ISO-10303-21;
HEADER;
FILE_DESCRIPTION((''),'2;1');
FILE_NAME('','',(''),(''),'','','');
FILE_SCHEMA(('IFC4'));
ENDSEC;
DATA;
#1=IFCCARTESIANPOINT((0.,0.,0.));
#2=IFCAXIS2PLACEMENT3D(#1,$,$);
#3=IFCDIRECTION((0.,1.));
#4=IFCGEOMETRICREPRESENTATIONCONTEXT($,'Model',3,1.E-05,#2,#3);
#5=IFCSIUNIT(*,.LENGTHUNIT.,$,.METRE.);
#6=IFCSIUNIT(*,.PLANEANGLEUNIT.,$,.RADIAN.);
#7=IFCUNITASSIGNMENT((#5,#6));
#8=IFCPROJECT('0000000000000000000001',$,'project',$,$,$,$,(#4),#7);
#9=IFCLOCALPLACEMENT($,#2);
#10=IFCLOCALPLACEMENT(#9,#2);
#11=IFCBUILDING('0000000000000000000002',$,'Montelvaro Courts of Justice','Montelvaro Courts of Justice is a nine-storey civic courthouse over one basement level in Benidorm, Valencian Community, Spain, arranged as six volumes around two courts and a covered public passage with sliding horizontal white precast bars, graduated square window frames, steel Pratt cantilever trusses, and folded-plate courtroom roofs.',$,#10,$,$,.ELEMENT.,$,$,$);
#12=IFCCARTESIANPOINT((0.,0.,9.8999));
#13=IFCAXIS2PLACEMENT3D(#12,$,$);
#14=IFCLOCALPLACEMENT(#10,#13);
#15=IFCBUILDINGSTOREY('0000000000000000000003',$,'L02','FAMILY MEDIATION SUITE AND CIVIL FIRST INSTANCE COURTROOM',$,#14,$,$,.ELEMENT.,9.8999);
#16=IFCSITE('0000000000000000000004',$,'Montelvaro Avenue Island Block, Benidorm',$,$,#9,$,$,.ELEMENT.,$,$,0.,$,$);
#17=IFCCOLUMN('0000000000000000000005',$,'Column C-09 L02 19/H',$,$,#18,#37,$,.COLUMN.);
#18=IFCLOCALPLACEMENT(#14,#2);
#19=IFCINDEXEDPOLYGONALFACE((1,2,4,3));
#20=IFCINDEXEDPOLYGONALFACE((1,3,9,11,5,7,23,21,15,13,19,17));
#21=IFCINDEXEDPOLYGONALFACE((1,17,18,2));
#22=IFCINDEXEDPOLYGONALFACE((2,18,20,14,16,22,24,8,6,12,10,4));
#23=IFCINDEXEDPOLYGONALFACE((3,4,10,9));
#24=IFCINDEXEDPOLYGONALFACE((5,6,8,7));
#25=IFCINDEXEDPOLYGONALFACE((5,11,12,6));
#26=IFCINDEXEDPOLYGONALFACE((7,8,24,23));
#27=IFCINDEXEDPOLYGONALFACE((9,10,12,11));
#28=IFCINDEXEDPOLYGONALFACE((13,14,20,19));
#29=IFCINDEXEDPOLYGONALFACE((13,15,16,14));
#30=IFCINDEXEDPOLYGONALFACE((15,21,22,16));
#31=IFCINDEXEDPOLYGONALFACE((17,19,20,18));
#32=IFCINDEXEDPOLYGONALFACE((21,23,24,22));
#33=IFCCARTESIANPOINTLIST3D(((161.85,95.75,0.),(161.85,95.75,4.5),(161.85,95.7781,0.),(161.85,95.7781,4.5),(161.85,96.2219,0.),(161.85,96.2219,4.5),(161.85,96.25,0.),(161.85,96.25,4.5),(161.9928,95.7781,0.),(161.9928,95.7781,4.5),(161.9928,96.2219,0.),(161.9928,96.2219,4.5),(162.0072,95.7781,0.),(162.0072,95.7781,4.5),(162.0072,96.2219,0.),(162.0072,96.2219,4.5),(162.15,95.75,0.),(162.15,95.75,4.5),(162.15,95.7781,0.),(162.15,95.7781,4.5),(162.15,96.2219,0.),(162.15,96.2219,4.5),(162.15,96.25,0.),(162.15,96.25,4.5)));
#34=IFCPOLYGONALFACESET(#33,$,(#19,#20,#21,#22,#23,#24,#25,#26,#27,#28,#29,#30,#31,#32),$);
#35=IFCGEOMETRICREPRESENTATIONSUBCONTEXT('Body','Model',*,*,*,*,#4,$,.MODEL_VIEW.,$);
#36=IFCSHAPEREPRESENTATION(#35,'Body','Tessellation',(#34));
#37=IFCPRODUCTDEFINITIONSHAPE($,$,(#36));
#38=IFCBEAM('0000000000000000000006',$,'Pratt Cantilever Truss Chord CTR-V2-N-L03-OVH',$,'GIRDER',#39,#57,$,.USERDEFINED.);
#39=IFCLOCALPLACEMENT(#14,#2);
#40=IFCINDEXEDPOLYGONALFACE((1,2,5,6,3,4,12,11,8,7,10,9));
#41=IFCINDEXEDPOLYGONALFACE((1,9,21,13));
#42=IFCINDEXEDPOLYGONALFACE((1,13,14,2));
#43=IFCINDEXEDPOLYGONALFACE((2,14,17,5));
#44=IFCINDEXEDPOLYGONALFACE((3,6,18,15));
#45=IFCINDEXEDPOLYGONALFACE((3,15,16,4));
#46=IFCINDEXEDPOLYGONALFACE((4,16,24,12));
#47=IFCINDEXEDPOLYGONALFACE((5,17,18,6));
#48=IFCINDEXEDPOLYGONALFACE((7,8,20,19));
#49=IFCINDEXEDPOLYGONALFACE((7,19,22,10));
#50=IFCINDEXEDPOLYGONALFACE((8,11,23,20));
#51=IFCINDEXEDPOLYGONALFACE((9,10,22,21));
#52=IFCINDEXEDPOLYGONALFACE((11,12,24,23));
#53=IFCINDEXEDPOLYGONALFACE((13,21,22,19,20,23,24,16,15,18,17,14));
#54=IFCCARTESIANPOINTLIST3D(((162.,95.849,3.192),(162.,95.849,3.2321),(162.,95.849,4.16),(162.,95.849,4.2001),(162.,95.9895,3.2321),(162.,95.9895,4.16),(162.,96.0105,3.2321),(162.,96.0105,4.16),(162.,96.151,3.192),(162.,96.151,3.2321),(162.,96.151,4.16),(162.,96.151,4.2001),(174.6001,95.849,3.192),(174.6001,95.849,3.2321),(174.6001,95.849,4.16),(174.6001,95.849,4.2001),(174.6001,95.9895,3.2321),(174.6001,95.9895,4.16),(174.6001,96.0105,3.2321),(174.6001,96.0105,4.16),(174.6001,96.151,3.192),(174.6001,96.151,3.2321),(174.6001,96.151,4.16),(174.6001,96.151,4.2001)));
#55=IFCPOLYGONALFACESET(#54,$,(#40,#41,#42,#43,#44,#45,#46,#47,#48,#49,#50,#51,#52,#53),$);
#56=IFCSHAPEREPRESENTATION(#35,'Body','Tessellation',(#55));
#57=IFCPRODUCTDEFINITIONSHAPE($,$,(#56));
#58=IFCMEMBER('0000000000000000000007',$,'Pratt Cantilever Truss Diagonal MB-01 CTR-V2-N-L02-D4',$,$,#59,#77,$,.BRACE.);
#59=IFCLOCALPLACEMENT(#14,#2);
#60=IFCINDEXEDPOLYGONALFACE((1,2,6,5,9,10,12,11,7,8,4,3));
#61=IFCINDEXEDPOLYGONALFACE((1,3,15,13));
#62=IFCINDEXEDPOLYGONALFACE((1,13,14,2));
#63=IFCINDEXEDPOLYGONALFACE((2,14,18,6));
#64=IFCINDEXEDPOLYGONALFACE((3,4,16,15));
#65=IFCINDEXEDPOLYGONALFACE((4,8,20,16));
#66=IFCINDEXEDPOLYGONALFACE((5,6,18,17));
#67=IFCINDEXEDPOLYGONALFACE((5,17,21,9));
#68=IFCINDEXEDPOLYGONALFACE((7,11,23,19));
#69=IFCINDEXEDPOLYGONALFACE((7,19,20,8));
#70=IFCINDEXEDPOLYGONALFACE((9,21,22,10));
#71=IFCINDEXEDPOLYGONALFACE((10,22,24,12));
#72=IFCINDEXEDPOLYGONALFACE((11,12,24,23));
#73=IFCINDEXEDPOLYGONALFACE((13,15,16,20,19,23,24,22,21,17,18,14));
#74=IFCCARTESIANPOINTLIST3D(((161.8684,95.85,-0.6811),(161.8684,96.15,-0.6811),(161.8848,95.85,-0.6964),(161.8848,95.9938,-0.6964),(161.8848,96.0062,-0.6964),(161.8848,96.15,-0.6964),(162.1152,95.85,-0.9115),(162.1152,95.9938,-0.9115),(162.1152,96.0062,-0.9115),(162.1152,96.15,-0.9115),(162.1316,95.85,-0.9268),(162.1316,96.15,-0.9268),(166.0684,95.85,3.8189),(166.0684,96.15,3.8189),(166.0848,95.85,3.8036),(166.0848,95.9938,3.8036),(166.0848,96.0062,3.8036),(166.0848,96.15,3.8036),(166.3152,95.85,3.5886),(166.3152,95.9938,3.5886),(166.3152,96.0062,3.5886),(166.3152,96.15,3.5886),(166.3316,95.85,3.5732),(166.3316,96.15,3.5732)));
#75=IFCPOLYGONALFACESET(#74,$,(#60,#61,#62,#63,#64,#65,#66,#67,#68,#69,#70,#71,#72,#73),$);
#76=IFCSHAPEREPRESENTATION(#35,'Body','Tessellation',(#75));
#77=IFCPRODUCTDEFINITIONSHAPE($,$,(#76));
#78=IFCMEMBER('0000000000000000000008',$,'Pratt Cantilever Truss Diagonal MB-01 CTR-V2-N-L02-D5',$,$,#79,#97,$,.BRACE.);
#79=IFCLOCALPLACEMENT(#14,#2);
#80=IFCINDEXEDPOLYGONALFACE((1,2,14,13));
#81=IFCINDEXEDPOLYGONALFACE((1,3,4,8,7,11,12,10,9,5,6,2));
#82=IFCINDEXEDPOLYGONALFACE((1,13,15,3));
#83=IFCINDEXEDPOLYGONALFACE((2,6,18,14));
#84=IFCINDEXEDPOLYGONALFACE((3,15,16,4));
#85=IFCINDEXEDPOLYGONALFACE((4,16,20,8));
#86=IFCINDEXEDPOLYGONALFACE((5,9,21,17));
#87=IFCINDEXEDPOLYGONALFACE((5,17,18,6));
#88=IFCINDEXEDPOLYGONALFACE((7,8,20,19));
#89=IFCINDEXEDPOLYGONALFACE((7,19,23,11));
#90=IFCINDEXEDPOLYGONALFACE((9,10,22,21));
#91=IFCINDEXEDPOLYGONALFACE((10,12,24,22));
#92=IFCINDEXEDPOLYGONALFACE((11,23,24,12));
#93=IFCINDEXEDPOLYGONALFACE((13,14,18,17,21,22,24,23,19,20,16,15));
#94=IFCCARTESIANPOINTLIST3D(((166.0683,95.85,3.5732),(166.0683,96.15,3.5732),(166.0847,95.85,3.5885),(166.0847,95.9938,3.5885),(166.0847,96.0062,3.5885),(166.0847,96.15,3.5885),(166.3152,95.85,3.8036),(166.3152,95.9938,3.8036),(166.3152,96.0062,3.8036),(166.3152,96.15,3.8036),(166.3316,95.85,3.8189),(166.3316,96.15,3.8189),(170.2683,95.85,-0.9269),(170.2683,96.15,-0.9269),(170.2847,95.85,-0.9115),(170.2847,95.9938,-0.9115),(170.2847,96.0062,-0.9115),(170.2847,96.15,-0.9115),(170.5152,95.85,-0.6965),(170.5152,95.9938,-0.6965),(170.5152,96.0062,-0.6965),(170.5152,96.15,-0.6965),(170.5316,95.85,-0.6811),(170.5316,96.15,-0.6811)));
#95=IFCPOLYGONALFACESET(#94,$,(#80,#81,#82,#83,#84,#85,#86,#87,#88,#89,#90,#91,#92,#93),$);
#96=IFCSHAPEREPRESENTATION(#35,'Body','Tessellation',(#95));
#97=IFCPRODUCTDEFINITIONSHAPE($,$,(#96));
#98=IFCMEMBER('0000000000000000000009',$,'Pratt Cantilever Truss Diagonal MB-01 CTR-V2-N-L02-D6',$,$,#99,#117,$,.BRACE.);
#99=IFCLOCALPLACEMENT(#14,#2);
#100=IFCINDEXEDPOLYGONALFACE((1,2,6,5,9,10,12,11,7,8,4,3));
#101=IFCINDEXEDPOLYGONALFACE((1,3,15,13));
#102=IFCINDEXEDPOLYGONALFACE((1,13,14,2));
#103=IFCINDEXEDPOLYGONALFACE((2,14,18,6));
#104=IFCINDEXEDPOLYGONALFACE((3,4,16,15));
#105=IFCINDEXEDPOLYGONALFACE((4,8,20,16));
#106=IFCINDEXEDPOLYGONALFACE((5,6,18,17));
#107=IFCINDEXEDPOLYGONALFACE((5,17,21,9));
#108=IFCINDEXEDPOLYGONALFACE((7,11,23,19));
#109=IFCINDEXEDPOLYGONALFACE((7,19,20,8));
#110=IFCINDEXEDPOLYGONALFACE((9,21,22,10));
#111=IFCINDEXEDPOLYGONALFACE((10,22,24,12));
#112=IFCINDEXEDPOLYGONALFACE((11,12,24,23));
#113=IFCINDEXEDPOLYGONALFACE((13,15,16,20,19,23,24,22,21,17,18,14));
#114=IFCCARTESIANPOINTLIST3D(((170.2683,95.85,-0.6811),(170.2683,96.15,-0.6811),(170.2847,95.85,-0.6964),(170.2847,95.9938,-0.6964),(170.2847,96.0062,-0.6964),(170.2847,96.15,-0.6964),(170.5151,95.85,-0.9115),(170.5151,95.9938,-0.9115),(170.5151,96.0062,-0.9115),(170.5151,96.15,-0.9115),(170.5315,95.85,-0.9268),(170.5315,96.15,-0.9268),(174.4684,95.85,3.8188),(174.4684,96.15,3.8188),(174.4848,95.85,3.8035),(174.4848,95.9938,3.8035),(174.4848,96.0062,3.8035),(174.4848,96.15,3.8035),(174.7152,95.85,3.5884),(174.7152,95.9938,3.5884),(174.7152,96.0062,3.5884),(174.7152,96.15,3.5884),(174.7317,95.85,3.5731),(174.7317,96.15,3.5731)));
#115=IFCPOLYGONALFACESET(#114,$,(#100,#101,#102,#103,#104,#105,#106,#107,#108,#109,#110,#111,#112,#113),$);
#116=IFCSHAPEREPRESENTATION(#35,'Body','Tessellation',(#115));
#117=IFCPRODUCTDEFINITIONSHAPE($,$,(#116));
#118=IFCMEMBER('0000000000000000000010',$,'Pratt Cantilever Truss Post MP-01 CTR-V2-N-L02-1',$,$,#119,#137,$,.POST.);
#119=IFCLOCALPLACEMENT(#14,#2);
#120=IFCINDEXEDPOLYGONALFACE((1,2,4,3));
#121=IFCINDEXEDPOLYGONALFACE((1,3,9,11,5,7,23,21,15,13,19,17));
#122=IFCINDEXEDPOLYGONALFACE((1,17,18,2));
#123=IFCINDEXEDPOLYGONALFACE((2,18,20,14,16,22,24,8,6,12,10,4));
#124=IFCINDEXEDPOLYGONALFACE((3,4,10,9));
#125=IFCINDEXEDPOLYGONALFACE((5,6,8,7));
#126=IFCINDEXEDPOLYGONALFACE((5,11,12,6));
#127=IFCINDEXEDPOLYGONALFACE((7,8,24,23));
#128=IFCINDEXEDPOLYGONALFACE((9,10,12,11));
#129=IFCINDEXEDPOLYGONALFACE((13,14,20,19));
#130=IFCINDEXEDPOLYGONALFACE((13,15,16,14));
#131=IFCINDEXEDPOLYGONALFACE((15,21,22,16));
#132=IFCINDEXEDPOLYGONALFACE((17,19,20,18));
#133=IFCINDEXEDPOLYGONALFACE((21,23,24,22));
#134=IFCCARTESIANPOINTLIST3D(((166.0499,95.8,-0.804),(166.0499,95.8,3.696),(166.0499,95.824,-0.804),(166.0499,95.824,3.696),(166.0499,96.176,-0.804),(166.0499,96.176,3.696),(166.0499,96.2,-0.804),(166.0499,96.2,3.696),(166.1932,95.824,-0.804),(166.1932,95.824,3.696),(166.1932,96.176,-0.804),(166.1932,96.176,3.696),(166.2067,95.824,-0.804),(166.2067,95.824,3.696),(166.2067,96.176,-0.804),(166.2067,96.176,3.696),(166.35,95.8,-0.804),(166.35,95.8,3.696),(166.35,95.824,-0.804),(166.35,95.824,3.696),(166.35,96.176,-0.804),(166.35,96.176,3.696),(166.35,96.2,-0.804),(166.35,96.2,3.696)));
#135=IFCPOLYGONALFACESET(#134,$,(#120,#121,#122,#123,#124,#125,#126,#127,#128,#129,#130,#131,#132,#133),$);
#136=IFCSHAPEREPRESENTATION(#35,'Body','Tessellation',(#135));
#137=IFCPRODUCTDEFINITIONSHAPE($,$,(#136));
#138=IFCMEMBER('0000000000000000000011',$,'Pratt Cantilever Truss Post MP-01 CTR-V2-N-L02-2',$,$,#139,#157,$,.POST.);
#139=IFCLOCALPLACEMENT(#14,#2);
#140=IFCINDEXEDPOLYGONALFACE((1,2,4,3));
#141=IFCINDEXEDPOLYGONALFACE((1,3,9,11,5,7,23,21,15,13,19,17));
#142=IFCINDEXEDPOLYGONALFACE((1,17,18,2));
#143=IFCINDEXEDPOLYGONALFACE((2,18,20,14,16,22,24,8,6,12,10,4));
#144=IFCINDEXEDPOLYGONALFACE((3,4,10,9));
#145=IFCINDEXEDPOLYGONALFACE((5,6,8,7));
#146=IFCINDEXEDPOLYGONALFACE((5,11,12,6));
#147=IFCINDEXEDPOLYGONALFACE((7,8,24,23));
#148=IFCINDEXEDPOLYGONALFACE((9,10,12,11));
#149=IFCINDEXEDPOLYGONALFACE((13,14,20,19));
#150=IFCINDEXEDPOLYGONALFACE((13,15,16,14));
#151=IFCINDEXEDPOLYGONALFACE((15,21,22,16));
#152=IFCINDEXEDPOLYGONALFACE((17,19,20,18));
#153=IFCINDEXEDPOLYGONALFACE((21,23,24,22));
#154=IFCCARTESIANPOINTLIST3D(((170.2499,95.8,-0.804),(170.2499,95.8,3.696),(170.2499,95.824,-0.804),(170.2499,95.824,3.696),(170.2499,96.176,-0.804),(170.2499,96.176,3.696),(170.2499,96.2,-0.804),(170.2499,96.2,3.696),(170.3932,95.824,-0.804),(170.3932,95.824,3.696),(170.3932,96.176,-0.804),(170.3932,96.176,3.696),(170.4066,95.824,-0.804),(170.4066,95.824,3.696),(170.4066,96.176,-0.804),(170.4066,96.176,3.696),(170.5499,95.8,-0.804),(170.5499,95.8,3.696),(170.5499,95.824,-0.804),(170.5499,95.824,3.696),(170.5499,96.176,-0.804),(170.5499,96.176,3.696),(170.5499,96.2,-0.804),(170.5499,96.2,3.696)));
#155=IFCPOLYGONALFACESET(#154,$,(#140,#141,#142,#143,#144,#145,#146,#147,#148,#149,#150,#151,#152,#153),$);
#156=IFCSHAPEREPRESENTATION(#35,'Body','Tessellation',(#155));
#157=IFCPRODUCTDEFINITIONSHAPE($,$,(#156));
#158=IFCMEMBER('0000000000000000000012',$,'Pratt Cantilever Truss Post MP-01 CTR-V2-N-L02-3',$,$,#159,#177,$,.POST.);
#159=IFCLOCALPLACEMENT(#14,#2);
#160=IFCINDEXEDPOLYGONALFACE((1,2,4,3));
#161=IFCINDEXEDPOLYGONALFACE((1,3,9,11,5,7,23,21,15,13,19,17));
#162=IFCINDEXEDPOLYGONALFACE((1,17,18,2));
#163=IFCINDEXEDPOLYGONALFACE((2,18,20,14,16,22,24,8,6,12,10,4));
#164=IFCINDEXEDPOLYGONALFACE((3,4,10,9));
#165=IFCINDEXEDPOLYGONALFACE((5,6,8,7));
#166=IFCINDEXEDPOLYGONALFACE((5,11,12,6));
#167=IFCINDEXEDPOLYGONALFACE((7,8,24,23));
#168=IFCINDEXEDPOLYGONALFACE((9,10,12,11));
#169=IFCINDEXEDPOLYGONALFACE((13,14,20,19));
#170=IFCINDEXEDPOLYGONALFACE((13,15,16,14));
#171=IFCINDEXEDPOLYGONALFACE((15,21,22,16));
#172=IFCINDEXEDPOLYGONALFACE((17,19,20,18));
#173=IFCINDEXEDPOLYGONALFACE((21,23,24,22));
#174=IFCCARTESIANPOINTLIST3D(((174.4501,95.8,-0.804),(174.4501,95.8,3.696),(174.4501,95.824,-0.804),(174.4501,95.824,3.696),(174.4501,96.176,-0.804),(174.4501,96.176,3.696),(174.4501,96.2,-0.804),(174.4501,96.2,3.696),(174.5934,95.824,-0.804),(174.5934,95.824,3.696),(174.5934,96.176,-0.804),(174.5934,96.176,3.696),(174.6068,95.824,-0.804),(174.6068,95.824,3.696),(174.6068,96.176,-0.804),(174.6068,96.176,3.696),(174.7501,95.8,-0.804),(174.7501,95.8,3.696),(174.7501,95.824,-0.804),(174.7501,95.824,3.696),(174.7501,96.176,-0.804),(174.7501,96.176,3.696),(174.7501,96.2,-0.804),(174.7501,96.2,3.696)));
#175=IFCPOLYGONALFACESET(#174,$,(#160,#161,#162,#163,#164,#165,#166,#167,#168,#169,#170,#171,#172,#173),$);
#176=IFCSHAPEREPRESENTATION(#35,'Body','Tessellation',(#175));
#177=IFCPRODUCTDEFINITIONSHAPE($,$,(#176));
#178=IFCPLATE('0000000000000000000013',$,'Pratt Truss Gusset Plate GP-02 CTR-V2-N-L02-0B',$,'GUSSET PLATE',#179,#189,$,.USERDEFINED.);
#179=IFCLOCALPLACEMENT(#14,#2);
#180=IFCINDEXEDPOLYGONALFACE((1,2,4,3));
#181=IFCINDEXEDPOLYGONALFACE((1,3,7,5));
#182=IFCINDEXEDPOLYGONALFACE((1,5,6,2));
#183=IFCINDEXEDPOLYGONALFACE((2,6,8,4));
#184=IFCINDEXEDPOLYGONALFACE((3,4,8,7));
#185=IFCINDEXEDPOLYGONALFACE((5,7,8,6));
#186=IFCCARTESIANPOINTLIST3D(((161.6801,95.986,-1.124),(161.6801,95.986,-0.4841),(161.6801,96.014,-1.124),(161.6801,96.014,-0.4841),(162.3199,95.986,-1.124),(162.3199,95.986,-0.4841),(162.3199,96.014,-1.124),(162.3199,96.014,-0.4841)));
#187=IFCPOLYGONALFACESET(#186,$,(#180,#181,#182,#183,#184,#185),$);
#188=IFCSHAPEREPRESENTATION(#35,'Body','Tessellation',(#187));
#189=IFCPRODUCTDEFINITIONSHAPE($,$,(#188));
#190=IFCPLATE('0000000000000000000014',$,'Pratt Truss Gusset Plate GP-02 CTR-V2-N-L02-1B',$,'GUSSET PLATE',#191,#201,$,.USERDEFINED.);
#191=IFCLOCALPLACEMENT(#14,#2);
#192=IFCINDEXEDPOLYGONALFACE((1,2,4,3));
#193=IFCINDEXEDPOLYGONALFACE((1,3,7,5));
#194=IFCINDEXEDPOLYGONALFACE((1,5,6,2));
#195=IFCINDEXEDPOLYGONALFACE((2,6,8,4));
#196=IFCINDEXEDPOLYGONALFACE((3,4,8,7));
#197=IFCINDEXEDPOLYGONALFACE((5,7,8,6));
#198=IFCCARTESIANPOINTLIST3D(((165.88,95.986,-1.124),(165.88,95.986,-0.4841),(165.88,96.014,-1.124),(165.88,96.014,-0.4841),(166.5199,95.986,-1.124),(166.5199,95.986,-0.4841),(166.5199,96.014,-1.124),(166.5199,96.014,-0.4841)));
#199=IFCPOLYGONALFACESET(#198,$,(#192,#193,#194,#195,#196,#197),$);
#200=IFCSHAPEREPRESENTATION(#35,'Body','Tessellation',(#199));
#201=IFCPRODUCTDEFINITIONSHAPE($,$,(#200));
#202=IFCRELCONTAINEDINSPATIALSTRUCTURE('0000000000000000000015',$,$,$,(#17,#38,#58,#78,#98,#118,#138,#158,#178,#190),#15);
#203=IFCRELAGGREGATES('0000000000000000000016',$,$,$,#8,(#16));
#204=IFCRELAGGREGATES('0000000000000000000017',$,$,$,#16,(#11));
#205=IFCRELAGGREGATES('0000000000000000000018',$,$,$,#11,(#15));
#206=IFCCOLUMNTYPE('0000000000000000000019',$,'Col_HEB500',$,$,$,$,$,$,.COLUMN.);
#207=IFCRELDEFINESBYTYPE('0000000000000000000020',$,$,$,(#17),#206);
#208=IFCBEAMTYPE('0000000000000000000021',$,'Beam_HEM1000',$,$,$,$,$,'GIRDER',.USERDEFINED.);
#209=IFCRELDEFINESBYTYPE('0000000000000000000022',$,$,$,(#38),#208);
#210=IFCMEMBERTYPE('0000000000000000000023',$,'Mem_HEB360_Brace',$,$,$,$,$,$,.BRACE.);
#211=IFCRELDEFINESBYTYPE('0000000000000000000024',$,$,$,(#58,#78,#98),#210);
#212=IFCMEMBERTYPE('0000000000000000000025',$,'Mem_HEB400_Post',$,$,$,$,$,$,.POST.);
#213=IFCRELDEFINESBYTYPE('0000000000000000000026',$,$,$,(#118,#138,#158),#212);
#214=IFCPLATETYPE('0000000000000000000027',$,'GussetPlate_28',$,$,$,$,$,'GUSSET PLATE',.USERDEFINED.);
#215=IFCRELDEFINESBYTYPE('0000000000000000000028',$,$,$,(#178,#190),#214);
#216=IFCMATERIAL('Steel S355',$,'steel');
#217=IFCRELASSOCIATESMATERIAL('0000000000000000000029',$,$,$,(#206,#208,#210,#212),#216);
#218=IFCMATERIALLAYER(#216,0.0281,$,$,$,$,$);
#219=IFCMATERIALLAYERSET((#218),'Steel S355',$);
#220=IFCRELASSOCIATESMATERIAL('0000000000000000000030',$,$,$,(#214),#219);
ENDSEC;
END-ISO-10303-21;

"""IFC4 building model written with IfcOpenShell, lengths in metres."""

from ifc_helpers import new_model, si_unit, direction, frame, origin, origin_2d, place, context, subcontext, project, spatial, rectangle, i_section, extrude, material, layer, layer_set, material_profile, profile_set, type_object, element, save


model = new_model("IFC4")

# Units and contexts
model_context = context("Model", 3, precision=1e-05, world=origin(), true_north=direction((0.0, 1.0)))
body_context = subcontext(model_context, "Body", "Model", "MODEL_VIEW")
ifc_project = project(units=[si_unit("LENGTHUNIT", "METRE"), si_unit("PLANEANGLEUNIT", "RADIAN")], contexts=[model_context])

# Site, building, storey
site_placement = place(None, origin())
site = spatial("IfcSite", under=ifc_project, at=site_placement, Name="Montelvaro Avenue Island Block, Benidorm", CompositionType="ELEMENT", RefElevation=0.0)
building_placement = place(site_placement, origin())
building = spatial("IfcBuilding", under=site, at=building_placement, Name="Montelvaro Courts of Justice", Description="Montelvaro Courts of Justice is a nine-storey civic courthouse over one basement level in Benidorm, Valencian Community, Spain, arranged as six volumes around two courts and a covered public passage with sliding horizontal white precast bars, graduated square window frames, steel Pratt cantilever trusses, and folded-plate courtroom roofs.", CompositionType="ELEMENT")
storey_placement = place(building_placement, frame((0.0, 0.0, 9.8999)))
storey = spatial("IfcBuildingStorey", under=building, at=storey_placement, Name="L02", Description="FAMILY MEDIATION SUITE AND CIVIL FIRST INSTANCE COURTROOM", CompositionType="ELEMENT", Elevation=9.8999)

# Column
ifc_material_1 = material(Name="Steel S355", Category="steel")
ifc_material_profile_1 = material_profile(ifc_material_1, i_section(OverallWidth=0.3, OverallDepth=0.5, WebThickness=0.0144, FlangeThickness=0.0281, at=origin_2d()), Name="HEB 500")
ifc_profile_set_1 = profile_set([ifc_material_profile_1], Name="Steel S355")
column_type = type_object("IfcColumnType", Name="Col_HEB500", PredefinedType="COLUMN", material=ifc_profile_set_1)
column_placement = place(storey_placement, frame((162.0, 96.0, 0.0), z_axis=(0.0, 0.0, 1.0), x_axis=(1.0, 0.0, 0.0)))
element("IfcColumn", 1, at=column_placement, inside=storey, type_object=column_type, Name="Column C-09 L02 19/H", PredefinedType="COLUMN", context=body_context, shape_type="SweptSolid", body=[
    extrude(i_section(OverallWidth=0.3, OverallDepth=0.5, WebThickness=0.0144, FlangeThickness=0.0281, at=origin_2d()), origin(), (0.0, 0.0, 1.0), 4.5),
])

# Beam
ifc_material_profile_2 = material_profile(ifc_material_1, i_section(OverallWidth=0.302, OverallDepth=1.0081, WebThickness=0.021, FlangeThickness=0.04, at=origin_2d()), Name="HEM 1000")
ifc_profile_set_2 = profile_set([ifc_material_profile_2], Name="Steel S355")
beam_type = type_object("IfcBeamType", Name="Beam_HEM1000", ElementType="GIRDER", PredefinedType="USERDEFINED", material=ifc_profile_set_2)
beam_placement = place(storey_placement, frame((162.0, 96.0, 3.696), z_axis=(1.0, 0.0, 0.0), x_axis=(0.0, 1.0, 0.0)))
element("IfcBeam", 2, at=beam_placement, inside=storey, type_object=beam_type, Name="Pratt Cantilever Truss Chord CTR-V2-N-L03-OVH", ObjectType="GIRDER", PredefinedType="USERDEFINED", context=body_context, shape_type="SweptSolid", body=[
    extrude(i_section(OverallWidth=0.302, OverallDepth=1.0081, WebThickness=0.021, FlangeThickness=0.04, at=origin_2d()), origin(), (0.0, 0.0, 1.0), 12.6001),
])

# Members
ifc_material_profile_3 = material_profile(ifc_material_1, i_section(OverallWidth=0.3, OverallDepth=0.3601, WebThickness=0.0125, FlangeThickness=0.0225, at=origin_2d()), Name="HEB 360")
ifc_profile_set_3 = profile_set([ifc_material_profile_3], Name="Steel S355")
member_type_1 = type_object("IfcMemberType", Name="Mem_HEB360_Brace", PredefinedType="BRACE", material=ifc_profile_set_3)
for number, where, z_axis, x_axis, name in (
    (3, (162.0, 96.0, -0.804), (0.682314, 0.0, 0.731059), (0.0, 1.0, 0.0), "Pratt Cantilever Truss Diagonal MB-01 CTR-V2-N-L02-D4"),
    (4, (166.2, 96.0, 3.696), (0.682314, 0.0, -0.731059), (0.0, 1.0, 0.0), "Pratt Cantilever Truss Diagonal MB-01 CTR-V2-N-L02-D5"),
    (5, (170.3999, 96.0, -0.804), (0.682335, 0.0, 0.731039), (0.0, 1.0, 0.0), "Pratt Cantilever Truss Diagonal MB-01 CTR-V2-N-L02-D6"),
):
    element("IfcMember", number, at=place(storey_placement, frame(where, z_axis=z_axis, x_axis=x_axis)), inside=storey, type_object=member_type_1, Name=name, PredefinedType="BRACE", context=body_context, shape_type="SweptSolid", body=[
        extrude(i_section(OverallWidth=0.3, OverallDepth=0.3601, WebThickness=0.0125, FlangeThickness=0.0225, at=origin_2d()), origin(), (0.0, 0.0, 1.0), 6.1555),
    ])
ifc_material_profile_4 = material_profile(ifc_material_1, i_section(OverallWidth=0.3, OverallDepth=0.3999, WebThickness=0.0134, FlangeThickness=0.0239, at=origin_2d()), Name="HEB 400")
ifc_profile_set_4 = profile_set([ifc_material_profile_4], Name="Steel S355")
member_type_2 = type_object("IfcMemberType", Name="Mem_HEB400_Post", PredefinedType="POST", material=ifc_profile_set_4)
for number, where, z_axis, x_axis, name in (
    (6, (166.2, 96.0, -0.804), (0.0, 0.0, 1.0), (1.0, 0.0, 0.0), "Pratt Cantilever Truss Post MP-01 CTR-V2-N-L02-1"),
    (7, (170.3999, 96.0, -0.804), (0.0, 0.0, 1.0), (1.0, 0.0, 0.0), "Pratt Cantilever Truss Post MP-01 CTR-V2-N-L02-2"),
    (8, (174.6001, 96.0, -0.804), (0.0, 0.0, 1.0), (1.0, 0.0, 0.0), "Pratt Cantilever Truss Post MP-01 CTR-V2-N-L02-3"),
):
    element("IfcMember", number, at=place(storey_placement, frame(where, z_axis=z_axis, x_axis=x_axis)), inside=storey, type_object=member_type_2, Name=name, PredefinedType="POST", context=body_context, shape_type="SweptSolid", body=[
        extrude(i_section(OverallWidth=0.3, OverallDepth=0.3999, WebThickness=0.0134, FlangeThickness=0.0239, at=origin_2d()), origin(), (0.0, 0.0, 1.0), 4.5),
    ])

# Plates
ifc_layer_1 = layer(ifc_material_1, 0.0281)
ifc_layer_set_1 = layer_set([ifc_layer_1], Name="Steel S355")
plate_type_1 = type_object("IfcPlateType", Name="GussetPlate_28", ElementType="GUSSET PLATE", PredefinedType="USERDEFINED", material=ifc_layer_set_1)
for number, where, z_axis, x_axis, name in (
    (9, (162.0, 96.0, -1.124), (0.0, 0.0, 1.0), (1.0, 0.0, 0.0), "Pratt Truss Gusset Plate GP-02 CTR-V2-N-L02-0B"),
    (10, (166.2, 96.0, -1.124), (0.0, 0.0, 1.0), (1.0, 0.0, 0.0), "Pratt Truss Gusset Plate GP-02 CTR-V2-N-L02-1B"),
):
    element("IfcPlate", number, at=place(storey_placement, frame(where, z_axis=z_axis, x_axis=x_axis)), inside=storey, type_object=plate_type_1, Name=name, ObjectType="GUSSET PLATE", PredefinedType="USERDEFINED", context=body_context, shape_type="SweptSolid", body=[
        extrude(rectangle(XDim=0.6399, YDim=0.0281, at=origin_2d()), origin(), (0.0, 0.0, 1.0), 0.6399),
    ])

save(model, "model.ifc")
